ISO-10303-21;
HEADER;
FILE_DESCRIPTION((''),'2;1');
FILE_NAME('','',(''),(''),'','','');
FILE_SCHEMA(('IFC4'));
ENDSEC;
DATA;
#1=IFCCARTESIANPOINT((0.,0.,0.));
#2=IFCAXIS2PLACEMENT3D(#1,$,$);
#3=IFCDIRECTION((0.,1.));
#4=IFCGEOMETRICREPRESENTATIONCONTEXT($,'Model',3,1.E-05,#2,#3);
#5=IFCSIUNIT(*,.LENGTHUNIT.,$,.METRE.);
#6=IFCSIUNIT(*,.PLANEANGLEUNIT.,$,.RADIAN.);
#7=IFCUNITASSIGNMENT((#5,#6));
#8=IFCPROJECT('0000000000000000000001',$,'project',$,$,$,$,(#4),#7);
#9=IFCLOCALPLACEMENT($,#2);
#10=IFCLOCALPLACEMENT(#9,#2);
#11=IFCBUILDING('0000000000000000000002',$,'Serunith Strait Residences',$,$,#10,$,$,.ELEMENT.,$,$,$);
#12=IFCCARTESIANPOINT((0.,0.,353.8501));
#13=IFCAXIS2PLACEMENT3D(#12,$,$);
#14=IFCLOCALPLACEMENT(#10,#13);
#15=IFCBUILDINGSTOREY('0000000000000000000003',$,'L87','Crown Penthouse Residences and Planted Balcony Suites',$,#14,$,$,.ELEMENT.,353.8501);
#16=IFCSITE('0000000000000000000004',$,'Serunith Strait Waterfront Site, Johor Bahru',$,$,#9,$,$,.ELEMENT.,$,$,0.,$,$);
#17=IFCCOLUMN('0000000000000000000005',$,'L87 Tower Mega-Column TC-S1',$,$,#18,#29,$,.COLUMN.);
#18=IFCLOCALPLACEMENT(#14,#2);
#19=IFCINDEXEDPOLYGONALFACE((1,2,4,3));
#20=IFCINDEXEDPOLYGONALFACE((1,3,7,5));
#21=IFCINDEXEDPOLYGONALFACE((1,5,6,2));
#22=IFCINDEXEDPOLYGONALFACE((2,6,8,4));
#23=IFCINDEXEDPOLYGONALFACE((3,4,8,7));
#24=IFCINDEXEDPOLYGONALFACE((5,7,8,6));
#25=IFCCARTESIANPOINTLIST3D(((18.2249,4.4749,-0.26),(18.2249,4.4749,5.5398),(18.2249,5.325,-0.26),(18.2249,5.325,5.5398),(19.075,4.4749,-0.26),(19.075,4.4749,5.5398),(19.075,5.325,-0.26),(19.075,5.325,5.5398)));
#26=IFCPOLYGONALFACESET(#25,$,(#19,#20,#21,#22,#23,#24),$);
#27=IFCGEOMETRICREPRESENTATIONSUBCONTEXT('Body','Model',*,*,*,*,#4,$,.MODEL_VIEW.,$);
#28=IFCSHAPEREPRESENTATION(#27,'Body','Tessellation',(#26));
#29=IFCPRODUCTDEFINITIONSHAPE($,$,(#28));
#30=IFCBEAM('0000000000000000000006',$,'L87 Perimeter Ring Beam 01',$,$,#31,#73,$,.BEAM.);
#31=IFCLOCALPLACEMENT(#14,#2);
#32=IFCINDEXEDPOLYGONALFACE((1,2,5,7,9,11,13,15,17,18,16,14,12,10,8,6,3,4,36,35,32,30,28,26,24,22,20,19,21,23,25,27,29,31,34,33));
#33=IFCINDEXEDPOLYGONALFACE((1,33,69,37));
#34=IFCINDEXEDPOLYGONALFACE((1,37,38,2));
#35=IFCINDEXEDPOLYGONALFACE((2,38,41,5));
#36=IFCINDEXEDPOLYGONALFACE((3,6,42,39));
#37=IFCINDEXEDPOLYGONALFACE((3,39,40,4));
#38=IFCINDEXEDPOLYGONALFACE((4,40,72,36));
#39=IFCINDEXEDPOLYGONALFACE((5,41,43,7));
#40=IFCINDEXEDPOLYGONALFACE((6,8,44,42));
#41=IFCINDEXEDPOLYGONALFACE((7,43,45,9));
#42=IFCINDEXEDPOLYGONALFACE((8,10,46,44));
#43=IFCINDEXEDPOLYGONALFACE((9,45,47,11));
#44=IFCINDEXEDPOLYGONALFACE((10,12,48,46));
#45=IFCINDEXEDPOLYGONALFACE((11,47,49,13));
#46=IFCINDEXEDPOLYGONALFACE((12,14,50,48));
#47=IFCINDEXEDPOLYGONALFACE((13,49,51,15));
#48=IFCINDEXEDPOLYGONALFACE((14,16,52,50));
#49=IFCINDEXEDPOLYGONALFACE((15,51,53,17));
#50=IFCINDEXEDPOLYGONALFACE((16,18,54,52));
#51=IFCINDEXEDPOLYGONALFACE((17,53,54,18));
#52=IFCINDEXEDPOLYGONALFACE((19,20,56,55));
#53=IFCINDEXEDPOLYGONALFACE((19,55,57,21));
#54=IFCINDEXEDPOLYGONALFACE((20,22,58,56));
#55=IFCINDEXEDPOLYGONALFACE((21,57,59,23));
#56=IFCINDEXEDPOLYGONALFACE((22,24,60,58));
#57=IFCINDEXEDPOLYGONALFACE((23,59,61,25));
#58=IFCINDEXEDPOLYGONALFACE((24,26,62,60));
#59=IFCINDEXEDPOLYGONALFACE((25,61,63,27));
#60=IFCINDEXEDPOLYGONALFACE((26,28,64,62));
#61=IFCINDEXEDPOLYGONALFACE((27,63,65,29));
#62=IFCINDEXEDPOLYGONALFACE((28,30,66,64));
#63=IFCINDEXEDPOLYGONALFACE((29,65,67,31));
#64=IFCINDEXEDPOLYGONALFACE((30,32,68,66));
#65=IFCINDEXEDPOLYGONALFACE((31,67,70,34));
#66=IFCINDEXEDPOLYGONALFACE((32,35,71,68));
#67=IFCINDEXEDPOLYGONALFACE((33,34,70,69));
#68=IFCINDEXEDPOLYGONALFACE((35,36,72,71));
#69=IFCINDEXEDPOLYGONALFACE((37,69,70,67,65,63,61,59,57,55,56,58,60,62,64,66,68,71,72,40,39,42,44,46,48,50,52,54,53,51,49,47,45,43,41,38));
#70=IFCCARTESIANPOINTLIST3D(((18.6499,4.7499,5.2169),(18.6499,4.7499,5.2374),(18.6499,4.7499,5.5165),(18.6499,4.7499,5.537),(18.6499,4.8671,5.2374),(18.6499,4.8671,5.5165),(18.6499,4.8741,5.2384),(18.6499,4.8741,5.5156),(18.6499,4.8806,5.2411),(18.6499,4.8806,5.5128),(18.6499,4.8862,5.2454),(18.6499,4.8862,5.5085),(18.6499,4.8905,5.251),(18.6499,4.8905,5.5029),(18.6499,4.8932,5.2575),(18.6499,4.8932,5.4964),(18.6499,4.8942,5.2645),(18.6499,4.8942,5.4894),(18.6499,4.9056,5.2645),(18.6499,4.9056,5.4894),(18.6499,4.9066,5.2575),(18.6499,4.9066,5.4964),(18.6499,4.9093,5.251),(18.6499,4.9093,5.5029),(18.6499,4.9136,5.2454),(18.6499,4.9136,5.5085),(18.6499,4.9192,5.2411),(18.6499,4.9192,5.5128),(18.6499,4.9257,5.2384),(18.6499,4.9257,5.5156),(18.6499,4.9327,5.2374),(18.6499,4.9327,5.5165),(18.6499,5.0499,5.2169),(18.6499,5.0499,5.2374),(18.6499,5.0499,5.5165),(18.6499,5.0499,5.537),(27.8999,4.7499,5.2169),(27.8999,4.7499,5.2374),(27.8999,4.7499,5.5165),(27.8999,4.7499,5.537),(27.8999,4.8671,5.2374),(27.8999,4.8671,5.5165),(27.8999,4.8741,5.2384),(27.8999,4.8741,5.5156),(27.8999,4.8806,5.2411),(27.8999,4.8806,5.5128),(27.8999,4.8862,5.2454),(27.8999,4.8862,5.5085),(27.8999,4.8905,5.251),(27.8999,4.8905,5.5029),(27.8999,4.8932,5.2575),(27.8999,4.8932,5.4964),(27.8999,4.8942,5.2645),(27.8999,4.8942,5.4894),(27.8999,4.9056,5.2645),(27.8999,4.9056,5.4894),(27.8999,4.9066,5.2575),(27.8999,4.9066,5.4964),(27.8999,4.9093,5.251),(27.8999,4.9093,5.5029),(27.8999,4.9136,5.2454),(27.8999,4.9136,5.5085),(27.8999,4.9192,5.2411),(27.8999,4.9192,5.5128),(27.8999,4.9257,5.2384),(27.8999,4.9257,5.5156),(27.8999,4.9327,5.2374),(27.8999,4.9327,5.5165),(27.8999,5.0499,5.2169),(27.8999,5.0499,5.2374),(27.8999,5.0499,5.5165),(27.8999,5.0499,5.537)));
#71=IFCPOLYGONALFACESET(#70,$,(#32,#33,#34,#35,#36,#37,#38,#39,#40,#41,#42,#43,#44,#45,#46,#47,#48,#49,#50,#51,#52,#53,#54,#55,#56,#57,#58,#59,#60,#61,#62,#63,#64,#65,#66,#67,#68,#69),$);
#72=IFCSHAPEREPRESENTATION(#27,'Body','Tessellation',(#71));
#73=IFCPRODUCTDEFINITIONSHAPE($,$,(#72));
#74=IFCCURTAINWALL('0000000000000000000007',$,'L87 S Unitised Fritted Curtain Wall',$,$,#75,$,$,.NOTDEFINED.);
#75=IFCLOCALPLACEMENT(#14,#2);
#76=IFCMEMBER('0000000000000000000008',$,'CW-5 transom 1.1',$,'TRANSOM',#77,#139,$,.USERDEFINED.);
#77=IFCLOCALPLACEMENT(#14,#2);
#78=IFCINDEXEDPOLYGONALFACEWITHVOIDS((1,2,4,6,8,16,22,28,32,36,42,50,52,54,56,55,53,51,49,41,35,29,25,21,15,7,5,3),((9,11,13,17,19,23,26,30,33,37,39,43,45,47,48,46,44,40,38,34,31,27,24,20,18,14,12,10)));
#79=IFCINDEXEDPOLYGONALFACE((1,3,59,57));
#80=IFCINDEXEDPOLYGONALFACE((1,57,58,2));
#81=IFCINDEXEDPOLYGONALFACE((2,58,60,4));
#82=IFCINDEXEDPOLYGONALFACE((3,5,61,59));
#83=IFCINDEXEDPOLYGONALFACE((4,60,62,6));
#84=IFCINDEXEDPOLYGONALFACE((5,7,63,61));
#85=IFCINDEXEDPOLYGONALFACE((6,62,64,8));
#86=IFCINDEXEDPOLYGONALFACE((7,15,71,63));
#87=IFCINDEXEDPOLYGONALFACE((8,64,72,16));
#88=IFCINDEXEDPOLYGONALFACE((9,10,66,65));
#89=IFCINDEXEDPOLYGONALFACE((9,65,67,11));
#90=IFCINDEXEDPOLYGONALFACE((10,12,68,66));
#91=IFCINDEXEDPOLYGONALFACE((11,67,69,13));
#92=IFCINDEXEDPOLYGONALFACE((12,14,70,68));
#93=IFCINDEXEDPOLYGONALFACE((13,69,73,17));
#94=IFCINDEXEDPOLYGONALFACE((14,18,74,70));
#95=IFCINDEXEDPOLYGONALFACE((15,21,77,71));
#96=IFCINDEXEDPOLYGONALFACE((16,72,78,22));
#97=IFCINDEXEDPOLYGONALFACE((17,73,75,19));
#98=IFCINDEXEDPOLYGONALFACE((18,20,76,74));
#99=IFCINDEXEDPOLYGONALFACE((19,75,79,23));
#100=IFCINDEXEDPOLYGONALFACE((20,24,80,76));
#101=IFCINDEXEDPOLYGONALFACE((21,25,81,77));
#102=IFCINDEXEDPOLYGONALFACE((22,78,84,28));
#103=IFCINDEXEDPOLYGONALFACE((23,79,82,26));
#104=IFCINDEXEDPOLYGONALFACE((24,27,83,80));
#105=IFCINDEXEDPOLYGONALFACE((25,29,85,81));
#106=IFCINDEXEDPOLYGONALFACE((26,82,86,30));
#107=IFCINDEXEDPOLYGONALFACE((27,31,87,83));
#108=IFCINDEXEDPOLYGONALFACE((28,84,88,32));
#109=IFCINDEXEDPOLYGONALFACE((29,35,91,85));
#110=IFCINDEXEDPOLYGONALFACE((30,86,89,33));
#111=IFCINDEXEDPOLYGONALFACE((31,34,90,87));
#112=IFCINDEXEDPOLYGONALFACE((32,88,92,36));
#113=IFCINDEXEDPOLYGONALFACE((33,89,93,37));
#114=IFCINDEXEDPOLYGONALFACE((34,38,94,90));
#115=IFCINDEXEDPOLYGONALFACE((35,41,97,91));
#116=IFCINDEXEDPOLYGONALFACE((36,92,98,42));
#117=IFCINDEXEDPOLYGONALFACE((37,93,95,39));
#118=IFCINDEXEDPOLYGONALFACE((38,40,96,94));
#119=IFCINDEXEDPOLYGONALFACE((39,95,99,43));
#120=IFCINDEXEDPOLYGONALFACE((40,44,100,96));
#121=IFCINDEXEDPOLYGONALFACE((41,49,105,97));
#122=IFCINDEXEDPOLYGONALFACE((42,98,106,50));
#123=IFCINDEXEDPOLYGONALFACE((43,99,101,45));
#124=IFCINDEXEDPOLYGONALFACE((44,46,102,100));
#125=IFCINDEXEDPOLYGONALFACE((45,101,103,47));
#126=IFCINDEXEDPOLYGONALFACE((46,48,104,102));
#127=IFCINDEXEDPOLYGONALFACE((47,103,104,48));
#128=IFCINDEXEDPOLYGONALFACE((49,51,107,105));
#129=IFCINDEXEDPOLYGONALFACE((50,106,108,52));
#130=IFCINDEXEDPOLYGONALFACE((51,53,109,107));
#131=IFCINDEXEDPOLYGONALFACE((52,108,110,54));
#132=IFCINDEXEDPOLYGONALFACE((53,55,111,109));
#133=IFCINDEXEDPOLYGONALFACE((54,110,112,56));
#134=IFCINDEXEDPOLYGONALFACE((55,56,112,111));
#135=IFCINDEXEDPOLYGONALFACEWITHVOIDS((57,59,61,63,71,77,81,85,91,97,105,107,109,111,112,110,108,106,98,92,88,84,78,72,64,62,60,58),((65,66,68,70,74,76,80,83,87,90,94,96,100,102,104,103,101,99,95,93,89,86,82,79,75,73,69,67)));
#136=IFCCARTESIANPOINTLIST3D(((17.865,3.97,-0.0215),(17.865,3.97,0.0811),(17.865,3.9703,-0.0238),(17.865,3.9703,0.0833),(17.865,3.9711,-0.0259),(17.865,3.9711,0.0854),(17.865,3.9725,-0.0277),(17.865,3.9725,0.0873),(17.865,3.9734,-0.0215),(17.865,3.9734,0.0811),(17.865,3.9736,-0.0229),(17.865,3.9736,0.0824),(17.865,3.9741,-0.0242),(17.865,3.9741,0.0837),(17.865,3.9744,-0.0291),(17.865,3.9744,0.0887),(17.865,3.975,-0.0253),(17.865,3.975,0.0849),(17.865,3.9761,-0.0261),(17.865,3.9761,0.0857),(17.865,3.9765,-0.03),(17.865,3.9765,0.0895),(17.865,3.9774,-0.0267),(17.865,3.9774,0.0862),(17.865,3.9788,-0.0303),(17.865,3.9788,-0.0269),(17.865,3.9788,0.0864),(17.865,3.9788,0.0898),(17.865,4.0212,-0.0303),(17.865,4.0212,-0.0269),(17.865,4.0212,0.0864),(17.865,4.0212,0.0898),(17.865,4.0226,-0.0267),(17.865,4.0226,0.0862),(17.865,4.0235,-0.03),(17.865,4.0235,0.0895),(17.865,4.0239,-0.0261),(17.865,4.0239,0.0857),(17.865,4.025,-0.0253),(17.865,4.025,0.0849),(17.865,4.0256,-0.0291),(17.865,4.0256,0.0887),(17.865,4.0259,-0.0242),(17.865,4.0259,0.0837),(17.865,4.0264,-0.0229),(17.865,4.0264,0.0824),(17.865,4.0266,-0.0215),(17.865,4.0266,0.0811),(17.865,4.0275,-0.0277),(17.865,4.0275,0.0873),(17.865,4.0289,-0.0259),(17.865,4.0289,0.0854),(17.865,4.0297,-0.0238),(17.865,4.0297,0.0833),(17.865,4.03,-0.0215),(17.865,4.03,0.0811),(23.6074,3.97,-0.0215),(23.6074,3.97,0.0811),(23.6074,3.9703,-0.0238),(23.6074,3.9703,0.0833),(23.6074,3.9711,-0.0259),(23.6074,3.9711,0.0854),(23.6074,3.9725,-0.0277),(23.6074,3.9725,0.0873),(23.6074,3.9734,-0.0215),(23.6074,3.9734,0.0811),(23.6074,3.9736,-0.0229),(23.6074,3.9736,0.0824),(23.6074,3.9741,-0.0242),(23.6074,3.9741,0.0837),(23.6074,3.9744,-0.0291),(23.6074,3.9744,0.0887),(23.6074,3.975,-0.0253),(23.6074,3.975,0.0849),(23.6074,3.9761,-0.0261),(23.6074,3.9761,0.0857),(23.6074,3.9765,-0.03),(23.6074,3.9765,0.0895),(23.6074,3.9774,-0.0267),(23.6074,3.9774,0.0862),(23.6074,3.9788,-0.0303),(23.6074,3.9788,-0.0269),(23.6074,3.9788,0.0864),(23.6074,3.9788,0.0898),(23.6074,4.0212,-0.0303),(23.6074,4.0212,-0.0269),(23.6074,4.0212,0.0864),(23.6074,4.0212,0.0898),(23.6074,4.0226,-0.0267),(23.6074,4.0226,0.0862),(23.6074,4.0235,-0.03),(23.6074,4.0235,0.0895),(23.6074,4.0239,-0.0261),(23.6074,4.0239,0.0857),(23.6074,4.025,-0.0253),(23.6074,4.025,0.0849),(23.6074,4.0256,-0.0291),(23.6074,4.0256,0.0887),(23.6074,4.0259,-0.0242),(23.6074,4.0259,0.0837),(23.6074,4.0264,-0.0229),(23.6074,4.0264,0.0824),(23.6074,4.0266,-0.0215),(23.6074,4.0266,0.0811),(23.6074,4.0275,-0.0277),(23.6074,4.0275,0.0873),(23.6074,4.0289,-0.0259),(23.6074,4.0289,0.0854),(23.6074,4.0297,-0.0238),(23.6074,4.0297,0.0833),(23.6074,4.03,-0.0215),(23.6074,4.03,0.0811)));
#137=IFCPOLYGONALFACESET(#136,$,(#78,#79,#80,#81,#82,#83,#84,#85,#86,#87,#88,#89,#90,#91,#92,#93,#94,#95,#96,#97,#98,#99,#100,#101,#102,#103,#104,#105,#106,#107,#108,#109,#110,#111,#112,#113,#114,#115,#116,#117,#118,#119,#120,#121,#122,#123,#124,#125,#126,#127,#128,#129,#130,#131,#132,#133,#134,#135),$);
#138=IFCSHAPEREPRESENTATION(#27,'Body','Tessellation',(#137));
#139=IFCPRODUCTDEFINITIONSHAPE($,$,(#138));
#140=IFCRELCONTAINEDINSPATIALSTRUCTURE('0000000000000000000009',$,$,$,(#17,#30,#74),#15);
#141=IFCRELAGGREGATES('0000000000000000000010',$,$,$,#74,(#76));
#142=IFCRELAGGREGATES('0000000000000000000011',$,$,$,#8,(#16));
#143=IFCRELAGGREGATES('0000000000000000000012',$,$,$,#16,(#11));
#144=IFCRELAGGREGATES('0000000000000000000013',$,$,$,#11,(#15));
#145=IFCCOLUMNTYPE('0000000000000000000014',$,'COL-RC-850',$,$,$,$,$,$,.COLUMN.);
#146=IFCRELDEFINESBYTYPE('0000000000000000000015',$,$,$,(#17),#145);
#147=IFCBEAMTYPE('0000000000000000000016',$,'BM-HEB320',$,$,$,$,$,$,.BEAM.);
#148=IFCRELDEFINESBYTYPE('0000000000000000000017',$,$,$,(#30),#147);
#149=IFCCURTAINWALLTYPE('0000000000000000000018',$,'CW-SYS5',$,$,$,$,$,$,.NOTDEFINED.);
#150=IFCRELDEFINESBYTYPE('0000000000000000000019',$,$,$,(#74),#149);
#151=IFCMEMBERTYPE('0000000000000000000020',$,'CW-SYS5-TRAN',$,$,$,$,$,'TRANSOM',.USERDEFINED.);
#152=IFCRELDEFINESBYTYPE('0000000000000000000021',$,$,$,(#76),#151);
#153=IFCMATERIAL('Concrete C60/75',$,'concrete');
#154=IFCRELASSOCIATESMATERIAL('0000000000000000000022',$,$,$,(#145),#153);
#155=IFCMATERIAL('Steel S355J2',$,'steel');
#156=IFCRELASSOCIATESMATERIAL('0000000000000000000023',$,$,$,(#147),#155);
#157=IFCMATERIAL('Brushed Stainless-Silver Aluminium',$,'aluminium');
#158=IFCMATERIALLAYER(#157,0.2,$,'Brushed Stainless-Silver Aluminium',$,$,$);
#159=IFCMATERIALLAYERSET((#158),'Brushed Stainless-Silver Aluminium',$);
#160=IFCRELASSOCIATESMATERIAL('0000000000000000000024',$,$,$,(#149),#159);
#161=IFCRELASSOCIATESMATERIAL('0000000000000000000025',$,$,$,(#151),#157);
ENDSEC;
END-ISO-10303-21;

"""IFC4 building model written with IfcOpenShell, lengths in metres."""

from ifc_helpers import new_model, si_unit, direction, frame, origin, origin_2d, place, context, subcontext, project, spatial, rectangle, hollow_rectangle, i_section, extrude, source, transform, mapped, material, layer, layer_set, material_profile, profile_set, type_object, element, aggregate, save


model = new_model("IFC4")

# Units and contexts
model_context = context("Model", 3, precision=1e-05, world=origin(), true_north=direction((0.0, 1.0)))
body_context = subcontext(model_context, "Body", "Model", "MODEL_VIEW")
ifc_project = project(units=[si_unit("LENGTHUNIT", "METRE"), si_unit("PLANEANGLEUNIT", "RADIAN")], contexts=[model_context])

# Site, building, storey
site_placement = place(None, origin())
site = spatial("IfcSite", under=ifc_project, at=site_placement, Name="Serunith Strait Waterfront Site, Johor Bahru", CompositionType="ELEMENT", RefElevation=0.0)
building_placement = place(site_placement, origin())
building = spatial("IfcBuilding", under=site, at=building_placement, Name="Serunith Strait Residences", CompositionType="ELEMENT")
storey_placement = place(building_placement, frame((0.0, 0.0, 353.8501)))
storey = spatial("IfcBuildingStorey", under=building, at=storey_placement, Name="L87", Description="Crown Penthouse Residences and Planted Balcony Suites", CompositionType="ELEMENT", Elevation=353.8501)

# Column
ifc_material_1 = material(Name="Concrete C60/75", Category="concrete")
ifc_material_profile_1 = material_profile(ifc_material_1, rectangle(XDim=0.8501, YDim=0.8501, at=origin_2d()), Name="RC 850x850")
ifc_profile_set_1 = profile_set([ifc_material_profile_1], Name="Concrete C60/75")
column_type = type_object("IfcColumnType", Name="COL-RC-850", PredefinedType="COLUMN", material=ifc_profile_set_1)
shared_shape_1 = source(origin(), body_context, "Body", "SweptSolid", [
    extrude(rectangle(XDim=0.8501, YDim=0.8501, at=origin_2d()), origin(), (0.0, 0.0, 1.0), 5.7998),
])
column_placement = place(storey_placement, frame((18.6499, 4.8999, -0.26), z_axis=(0.0, 0.0, 1.0), x_axis=(1.0, 0.0, 0.0)))
element("IfcColumn", 1, at=column_placement, inside=storey, type_object=column_type, Name="L87 Tower Mega-Column TC-S1", PredefinedType="COLUMN", context=body_context, shape_type="MappedRepresentation", body=[
    mapped(shared_shape_1, transform((0.0, 0.0, 0.0), scale=1.0)),
])

# Beam
ifc_material_2 = material(Name="Steel S355J2", Category="steel")
ifc_material_profile_2 = material_profile(ifc_material_2, i_section(OverallWidth=0.3, OverallDepth=0.3201, WebThickness=0.0115, FlangeThickness=0.0205, FilletRadius=0.0271, at=origin_2d()), Name="HEB 320")
ifc_profile_set_2 = profile_set([ifc_material_profile_2], Name="Steel S355J2")
beam_type = type_object("IfcBeamType", Name="BM-HEB320", PredefinedType="BEAM", material=ifc_profile_set_2)
shared_shape_2 = source(origin(), body_context, "Body", "SweptSolid", [
    extrude(i_section(OverallWidth=0.3, OverallDepth=0.3201, WebThickness=0.0115, FlangeThickness=0.0205, FilletRadius=0.0271, at=origin_2d()), origin(), (0.0, 0.0, 1.0), 9.25),
])
beam_placement = place(storey_placement, frame((18.6499, 4.8999, 5.377), z_axis=(1.0, 0.0, 0.0), x_axis=(0.0, 1.0, 0.0)))
element("IfcBeam", 2, at=beam_placement, inside=storey, type_object=beam_type, Name="L87 Perimeter Ring Beam 01", PredefinedType="BEAM", context=body_context, shape_type="MappedRepresentation", body=[
    mapped(shared_shape_2, transform((0.0, 0.0, 0.0), scale=1.0)),
])

# Curtain wall, member
ifc_material_3 = material(Name="Brushed Stainless-Silver Aluminium", Category="aluminium")
ifc_layer_1 = layer(ifc_material_3, 0.2, Name="Brushed Stainless-Silver Aluminium")
ifc_layer_set_1 = layer_set([ifc_layer_1], Name="Brushed Stainless-Silver Aluminium")
curtain_wall_type = type_object("IfcCurtainWallType", Name="CW-SYS5", PredefinedType="NOTDEFINED", material=ifc_layer_set_1)
curtain_wall_1_placement = place(storey_placement, origin())
curtain_wall_1 = element("IfcCurtainWall", 3, at=curtain_wall_1_placement, inside=storey, type_object=curtain_wall_type, Name="L87 S Unitised Fritted Curtain Wall", PredefinedType="NOTDEFINED")
ifc_material_profile_3 = material_profile(ifc_material_3, hollow_rectangle(XDim=0.0601, YDim=0.1201, WallThickness=0.0034, InnerFilletRadius=0.0054, OuterFilletRadius=0.0088, at=origin_2d()), Name="ALU 120x60x3.5")
ifc_profile_set_3 = profile_set([ifc_material_profile_3], Name="Brushed Stainless-Silver Aluminium")
member_type_1 = type_object("IfcMemberType", Name="CW-SYS5-TRAN", ElementType="TRANSOM", PredefinedType="USERDEFINED", material=ifc_profile_set_3)
shared_shape_3 = source(origin(), body_context, "Body", "SweptSolid", [
    extrude(hollow_rectangle(XDim=0.0601, YDim=0.1201, WallThickness=0.0034, InnerFilletRadius=0.0054, OuterFilletRadius=0.0088, at=origin_2d()), origin(), (0.0, 0.0, 1.0), 5.7424),
])
member_1_placement = place(storey_placement, frame((17.865, 4.0, 0.0298), z_axis=(1.0, 0.0, 0.0), x_axis=(0.0, 1.0, 0.0)))
member_1 = element("IfcMember", 4, at=member_1_placement, type_object=member_type_1, Name="CW-5 transom 1.1", ObjectType="TRANSOM", PredefinedType="USERDEFINED", context=body_context, shape_type="MappedRepresentation", body=[
    mapped(shared_shape_3, transform((0.0, 0.0, 0.0), scale=1.0)),
])
aggregate(curtain_wall_1, [member_1])

save(model, "model.ifc")
